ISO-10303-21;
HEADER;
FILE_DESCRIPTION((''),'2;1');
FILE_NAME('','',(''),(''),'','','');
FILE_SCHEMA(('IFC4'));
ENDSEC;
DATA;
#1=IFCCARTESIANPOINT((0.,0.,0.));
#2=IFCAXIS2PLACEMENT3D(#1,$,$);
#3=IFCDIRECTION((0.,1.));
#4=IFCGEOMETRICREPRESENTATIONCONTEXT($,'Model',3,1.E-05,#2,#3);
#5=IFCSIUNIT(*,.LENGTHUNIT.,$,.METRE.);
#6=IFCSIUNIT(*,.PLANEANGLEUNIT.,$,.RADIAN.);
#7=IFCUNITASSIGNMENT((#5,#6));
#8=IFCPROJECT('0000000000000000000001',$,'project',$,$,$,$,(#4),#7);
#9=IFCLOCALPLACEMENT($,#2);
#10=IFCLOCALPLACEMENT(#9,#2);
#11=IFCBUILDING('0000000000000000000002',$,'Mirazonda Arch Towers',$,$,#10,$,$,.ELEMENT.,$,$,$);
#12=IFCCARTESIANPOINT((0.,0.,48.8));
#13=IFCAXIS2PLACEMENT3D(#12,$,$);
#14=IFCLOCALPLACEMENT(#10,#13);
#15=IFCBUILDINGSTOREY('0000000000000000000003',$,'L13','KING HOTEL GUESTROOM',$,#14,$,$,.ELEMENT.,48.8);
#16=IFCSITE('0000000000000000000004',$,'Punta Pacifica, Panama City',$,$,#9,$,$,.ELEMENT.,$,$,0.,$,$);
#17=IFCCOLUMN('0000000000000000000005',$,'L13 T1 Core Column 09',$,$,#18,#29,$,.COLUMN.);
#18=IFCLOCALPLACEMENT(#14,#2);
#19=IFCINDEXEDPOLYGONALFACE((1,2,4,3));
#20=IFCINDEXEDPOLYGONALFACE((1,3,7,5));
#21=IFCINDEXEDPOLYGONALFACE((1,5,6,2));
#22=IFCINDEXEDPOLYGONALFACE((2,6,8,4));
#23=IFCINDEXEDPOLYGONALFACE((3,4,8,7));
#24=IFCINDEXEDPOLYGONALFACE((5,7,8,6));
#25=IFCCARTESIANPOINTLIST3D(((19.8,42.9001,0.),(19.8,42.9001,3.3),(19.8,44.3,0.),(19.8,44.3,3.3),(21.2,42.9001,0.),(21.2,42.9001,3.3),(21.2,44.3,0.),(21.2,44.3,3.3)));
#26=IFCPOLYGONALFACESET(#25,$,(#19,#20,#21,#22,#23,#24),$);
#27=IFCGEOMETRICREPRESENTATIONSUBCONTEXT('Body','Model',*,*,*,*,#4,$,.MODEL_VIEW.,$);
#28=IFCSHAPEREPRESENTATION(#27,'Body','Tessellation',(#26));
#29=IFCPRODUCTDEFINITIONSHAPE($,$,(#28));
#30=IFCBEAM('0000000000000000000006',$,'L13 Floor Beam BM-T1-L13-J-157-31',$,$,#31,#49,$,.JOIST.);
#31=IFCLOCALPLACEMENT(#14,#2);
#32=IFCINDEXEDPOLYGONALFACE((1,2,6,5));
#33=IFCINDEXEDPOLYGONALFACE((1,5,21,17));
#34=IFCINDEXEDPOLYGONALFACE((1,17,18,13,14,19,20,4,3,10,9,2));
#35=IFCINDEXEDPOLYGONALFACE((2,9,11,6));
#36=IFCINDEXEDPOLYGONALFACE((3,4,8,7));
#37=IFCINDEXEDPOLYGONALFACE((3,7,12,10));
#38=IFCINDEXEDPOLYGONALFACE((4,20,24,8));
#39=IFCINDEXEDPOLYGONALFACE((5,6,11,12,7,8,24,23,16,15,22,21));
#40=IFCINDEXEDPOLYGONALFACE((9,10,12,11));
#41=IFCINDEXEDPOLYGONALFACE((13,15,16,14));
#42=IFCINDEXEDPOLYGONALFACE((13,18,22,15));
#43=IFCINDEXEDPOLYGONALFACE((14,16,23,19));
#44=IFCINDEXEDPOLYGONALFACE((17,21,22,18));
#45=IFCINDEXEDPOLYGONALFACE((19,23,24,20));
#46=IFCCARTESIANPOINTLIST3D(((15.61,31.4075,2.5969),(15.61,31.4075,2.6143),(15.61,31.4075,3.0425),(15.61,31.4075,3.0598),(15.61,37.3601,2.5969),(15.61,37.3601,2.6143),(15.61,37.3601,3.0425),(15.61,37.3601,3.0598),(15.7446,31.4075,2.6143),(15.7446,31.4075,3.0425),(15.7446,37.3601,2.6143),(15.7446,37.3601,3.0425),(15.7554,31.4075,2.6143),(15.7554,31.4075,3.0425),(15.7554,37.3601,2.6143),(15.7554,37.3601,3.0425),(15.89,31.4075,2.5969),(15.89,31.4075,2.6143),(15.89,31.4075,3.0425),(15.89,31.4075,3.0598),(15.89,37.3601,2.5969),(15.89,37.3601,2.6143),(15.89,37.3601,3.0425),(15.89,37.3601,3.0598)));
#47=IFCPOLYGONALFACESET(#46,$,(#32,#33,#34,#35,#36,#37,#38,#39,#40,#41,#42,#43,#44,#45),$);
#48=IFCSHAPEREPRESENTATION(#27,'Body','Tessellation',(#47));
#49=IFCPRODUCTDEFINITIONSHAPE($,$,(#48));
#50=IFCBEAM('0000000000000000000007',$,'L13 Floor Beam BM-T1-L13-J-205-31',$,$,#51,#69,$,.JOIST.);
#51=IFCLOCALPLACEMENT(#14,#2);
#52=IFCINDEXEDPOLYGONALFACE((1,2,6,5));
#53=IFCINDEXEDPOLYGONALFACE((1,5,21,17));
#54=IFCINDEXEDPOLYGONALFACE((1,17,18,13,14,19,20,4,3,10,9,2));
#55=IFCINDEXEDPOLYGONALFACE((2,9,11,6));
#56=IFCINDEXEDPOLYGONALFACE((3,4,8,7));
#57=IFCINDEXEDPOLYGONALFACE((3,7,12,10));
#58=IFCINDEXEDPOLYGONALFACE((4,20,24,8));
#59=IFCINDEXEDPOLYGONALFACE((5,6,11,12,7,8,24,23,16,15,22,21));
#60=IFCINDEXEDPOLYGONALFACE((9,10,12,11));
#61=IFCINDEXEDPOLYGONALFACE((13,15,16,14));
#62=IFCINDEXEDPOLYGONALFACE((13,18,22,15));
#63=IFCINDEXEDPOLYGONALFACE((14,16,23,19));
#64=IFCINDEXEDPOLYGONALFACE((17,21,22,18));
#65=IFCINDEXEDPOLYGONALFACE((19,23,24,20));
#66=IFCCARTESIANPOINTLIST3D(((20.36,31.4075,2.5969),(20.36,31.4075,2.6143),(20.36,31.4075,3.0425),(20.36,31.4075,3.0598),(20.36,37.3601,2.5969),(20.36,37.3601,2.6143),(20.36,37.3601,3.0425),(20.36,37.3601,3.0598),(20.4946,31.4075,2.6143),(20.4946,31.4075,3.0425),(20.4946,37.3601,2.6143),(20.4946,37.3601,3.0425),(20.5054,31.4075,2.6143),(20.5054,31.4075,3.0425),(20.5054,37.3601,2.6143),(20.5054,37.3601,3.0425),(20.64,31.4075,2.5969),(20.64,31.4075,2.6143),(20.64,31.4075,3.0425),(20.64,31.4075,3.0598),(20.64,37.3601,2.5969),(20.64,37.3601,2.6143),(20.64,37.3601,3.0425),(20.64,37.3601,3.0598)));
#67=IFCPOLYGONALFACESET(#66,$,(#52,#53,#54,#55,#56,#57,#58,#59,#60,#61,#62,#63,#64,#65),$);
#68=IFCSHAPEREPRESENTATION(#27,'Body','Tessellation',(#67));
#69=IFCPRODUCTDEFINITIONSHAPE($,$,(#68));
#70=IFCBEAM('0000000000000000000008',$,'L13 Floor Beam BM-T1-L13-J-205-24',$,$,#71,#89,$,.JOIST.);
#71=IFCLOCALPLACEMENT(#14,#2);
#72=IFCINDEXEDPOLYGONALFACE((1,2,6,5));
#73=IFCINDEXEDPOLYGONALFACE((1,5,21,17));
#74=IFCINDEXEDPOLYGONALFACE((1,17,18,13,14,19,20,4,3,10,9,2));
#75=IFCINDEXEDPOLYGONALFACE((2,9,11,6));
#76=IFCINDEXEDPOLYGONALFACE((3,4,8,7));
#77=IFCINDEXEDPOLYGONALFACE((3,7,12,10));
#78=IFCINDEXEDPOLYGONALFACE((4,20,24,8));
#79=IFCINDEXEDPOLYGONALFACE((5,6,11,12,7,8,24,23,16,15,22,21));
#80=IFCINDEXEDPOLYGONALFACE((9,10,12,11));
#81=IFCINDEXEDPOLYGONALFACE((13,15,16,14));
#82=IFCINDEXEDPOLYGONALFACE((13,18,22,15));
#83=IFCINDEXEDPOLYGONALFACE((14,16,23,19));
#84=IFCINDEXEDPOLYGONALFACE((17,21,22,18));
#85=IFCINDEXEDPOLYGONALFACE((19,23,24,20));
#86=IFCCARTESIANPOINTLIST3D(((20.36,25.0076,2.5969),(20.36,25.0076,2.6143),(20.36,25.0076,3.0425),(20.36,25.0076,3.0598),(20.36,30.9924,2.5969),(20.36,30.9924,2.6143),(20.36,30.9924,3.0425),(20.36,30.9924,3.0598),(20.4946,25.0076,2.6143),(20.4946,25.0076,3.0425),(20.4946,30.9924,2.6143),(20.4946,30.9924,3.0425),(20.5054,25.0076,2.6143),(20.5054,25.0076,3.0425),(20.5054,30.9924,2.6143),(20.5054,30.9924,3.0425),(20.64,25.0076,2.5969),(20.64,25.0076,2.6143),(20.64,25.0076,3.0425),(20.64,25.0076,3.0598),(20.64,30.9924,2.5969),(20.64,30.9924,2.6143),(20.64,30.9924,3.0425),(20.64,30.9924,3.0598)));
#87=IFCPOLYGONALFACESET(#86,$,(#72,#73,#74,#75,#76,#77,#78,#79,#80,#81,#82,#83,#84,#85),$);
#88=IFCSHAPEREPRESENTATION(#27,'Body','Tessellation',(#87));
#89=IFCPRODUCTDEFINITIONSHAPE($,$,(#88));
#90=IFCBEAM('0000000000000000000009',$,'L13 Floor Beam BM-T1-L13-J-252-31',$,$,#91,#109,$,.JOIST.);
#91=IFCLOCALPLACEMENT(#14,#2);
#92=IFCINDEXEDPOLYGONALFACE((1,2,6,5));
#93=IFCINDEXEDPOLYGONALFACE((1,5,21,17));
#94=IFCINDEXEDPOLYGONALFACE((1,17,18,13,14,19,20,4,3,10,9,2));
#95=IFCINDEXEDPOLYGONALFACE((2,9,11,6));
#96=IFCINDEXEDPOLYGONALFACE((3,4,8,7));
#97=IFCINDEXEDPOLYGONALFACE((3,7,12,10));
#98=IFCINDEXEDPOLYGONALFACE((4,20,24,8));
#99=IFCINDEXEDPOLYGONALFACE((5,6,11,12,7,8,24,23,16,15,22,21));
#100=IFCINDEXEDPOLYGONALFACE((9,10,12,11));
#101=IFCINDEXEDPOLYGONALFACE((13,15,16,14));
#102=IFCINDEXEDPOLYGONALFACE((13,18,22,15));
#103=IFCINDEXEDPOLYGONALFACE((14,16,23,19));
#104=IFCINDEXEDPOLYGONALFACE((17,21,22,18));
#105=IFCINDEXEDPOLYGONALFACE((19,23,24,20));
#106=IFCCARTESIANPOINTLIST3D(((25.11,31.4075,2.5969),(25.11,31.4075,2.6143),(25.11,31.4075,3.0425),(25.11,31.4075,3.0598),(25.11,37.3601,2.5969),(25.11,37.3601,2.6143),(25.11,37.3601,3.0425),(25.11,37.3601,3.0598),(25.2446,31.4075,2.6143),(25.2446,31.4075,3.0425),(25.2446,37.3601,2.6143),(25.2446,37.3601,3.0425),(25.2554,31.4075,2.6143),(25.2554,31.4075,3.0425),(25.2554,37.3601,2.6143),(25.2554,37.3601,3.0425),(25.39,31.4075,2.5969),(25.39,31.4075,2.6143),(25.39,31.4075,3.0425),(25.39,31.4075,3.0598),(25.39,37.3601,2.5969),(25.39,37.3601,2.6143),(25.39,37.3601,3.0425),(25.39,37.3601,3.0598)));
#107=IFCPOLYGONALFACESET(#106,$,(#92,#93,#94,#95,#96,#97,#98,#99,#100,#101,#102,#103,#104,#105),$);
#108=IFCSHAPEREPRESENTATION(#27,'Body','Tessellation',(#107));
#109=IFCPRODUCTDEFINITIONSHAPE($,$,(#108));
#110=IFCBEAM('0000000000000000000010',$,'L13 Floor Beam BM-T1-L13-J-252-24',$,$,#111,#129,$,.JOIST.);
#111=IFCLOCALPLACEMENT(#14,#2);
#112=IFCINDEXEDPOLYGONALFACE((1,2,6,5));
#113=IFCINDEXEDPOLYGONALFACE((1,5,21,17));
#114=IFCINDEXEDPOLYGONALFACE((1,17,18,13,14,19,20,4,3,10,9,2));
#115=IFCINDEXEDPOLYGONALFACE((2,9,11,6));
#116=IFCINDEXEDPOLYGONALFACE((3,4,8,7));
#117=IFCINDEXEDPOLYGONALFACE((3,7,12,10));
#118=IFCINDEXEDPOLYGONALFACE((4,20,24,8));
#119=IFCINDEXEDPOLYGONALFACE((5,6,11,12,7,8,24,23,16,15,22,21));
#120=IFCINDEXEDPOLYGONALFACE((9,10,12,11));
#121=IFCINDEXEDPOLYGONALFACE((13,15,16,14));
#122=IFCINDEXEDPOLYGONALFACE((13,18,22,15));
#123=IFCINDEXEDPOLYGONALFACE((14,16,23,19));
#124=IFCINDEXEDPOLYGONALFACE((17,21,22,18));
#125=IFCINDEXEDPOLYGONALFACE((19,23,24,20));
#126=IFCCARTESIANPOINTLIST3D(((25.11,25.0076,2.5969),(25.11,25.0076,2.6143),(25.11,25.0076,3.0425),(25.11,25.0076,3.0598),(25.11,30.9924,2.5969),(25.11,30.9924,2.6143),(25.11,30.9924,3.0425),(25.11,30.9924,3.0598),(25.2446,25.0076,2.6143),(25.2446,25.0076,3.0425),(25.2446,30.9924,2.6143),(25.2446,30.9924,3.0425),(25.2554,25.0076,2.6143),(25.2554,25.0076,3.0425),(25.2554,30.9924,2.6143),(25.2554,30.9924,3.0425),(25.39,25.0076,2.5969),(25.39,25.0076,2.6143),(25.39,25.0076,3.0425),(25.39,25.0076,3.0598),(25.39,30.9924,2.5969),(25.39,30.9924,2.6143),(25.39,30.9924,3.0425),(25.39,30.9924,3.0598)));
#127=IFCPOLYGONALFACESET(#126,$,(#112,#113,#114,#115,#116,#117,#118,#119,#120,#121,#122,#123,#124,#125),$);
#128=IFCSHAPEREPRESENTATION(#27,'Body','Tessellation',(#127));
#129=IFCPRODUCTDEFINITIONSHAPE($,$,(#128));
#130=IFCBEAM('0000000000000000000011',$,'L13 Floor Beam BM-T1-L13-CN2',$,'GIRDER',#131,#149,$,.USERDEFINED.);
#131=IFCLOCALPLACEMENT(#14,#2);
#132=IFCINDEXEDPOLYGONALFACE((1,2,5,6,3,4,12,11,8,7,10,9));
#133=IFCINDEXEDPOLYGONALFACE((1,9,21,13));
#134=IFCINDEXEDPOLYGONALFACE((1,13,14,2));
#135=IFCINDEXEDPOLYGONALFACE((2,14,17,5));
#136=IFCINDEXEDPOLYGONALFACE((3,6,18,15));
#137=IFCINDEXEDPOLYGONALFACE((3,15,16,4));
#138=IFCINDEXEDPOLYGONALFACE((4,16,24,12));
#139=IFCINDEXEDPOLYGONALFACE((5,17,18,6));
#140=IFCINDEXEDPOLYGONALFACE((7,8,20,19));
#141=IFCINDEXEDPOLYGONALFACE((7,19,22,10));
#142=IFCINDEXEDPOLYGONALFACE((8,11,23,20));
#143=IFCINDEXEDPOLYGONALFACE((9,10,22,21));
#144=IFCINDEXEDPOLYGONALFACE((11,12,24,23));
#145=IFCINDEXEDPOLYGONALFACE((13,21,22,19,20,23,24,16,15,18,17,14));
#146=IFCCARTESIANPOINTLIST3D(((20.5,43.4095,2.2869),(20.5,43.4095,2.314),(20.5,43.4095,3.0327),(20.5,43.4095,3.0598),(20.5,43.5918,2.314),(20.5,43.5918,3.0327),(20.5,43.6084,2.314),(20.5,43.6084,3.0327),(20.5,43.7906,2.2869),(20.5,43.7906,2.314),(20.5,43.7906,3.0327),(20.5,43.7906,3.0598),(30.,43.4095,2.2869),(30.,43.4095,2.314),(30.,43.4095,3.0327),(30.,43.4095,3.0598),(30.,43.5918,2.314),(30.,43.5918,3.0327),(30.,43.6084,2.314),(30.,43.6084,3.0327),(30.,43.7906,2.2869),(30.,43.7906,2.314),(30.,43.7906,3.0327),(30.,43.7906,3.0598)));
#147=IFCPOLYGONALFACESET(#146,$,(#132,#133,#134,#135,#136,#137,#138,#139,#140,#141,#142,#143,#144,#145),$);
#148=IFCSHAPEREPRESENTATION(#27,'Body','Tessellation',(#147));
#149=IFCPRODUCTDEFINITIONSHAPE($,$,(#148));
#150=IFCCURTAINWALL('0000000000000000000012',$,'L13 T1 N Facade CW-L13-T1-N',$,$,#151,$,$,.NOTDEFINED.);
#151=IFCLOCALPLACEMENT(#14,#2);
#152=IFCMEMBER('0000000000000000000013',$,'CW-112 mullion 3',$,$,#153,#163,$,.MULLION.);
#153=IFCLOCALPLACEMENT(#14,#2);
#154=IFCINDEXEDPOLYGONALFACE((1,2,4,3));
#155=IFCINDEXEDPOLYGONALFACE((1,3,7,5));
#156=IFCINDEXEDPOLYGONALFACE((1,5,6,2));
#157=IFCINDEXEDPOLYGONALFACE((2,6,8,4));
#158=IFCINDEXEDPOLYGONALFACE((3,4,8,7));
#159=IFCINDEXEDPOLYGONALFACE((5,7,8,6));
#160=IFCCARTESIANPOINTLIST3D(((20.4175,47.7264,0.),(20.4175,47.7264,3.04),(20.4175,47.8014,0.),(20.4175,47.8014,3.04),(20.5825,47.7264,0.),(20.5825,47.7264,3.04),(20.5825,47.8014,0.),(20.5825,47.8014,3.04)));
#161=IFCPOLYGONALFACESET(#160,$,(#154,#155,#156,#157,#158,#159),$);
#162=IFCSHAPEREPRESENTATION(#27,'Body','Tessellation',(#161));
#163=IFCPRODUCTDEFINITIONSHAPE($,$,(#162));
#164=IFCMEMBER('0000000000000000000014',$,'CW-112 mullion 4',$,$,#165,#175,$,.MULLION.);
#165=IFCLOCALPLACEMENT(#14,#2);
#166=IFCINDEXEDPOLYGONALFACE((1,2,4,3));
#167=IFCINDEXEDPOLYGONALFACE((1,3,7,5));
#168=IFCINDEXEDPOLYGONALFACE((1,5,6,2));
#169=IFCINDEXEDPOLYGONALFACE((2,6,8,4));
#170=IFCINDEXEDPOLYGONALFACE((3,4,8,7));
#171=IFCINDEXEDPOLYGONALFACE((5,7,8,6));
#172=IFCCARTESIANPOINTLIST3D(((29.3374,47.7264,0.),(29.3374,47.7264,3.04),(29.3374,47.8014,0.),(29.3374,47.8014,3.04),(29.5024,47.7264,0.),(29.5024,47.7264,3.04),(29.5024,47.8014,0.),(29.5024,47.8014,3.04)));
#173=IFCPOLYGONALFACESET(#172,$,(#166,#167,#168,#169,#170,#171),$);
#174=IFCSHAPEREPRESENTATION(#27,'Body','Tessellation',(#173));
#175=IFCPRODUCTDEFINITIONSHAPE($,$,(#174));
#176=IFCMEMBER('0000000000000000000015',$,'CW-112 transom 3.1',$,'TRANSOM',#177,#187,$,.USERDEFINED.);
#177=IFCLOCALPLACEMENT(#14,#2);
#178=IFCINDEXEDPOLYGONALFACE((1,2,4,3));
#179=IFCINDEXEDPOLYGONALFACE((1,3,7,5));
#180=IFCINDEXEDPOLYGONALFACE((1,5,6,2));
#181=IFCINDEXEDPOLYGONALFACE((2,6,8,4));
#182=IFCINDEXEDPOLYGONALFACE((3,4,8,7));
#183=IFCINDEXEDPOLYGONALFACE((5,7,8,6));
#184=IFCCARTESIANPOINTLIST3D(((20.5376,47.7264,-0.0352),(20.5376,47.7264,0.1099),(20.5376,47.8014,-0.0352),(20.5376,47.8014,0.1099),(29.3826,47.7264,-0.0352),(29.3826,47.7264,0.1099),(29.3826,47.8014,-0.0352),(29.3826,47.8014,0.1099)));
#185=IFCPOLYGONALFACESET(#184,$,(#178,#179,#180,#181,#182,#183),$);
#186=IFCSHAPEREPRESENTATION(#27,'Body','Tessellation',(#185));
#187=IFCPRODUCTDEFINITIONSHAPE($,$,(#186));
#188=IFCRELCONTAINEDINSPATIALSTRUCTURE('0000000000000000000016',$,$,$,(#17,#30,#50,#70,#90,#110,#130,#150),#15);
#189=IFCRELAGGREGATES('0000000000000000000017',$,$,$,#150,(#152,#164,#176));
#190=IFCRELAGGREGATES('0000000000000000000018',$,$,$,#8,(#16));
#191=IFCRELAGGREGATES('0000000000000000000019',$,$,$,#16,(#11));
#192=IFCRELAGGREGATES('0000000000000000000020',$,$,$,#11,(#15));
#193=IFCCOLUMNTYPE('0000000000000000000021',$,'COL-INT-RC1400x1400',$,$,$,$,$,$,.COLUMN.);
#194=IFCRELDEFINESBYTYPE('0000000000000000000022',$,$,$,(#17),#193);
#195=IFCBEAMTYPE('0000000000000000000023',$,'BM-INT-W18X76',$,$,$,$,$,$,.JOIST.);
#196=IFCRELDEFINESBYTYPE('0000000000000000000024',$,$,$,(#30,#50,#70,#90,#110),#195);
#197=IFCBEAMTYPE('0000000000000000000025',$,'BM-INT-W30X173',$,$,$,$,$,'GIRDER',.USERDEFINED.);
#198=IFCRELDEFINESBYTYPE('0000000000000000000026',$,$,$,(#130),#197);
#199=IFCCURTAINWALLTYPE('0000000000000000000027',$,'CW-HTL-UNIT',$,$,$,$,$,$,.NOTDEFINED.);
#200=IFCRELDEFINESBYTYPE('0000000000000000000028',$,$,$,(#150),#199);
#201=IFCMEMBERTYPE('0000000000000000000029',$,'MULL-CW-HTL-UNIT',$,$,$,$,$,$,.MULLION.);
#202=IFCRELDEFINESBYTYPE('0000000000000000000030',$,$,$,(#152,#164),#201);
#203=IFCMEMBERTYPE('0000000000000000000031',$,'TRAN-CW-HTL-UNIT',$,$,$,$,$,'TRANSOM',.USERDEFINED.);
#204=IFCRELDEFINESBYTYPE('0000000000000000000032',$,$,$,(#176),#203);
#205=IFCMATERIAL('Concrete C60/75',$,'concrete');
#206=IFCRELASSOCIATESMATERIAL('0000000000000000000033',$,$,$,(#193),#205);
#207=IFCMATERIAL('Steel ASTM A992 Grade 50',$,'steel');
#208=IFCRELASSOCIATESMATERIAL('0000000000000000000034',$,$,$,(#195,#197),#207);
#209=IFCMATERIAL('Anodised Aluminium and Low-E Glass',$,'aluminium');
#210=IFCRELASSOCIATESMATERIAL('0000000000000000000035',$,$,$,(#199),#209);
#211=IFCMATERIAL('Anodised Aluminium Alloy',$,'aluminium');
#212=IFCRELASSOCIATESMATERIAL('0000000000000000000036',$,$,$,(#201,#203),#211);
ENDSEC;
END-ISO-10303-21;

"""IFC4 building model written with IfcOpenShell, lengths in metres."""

from ifc_helpers import new_model, si_unit, direction, frame, origin, origin_2d, place, context, subcontext, project, spatial, rectangle, i_section, extrude, material, material_profile, profile_set, type_object, element, aggregate, save


model = new_model("IFC4")

# Units and contexts
model_context = context("Model", 3, precision=1e-05, world=origin(), true_north=direction((0.0, 1.0)))
body_context = subcontext(model_context, "Body", "Model", "MODEL_VIEW")
ifc_project = project(units=[si_unit("LENGTHUNIT", "METRE"), si_unit("PLANEANGLEUNIT", "RADIAN")], contexts=[model_context])

# Site, building, storey
site_placement = place(None, origin())
site = spatial("IfcSite", under=ifc_project, at=site_placement, Name="Punta Pacifica, Panama City", CompositionType="ELEMENT", RefElevation=0.0)
building_placement = place(site_placement, origin())
building = spatial("IfcBuilding", under=site, at=building_placement, Name="Mirazonda Arch Towers", CompositionType="ELEMENT")
storey_placement = place(building_placement, frame((0.0, 0.0, 48.8)))
storey = spatial("IfcBuildingStorey", under=building, at=storey_placement, Name="L13", Description="KING HOTEL GUESTROOM", CompositionType="ELEMENT", Elevation=48.8)

# Column
ifc_material_1 = material(Name="Concrete C60/75", Category="concrete")
ifc_material_profile_1 = material_profile(ifc_material_1, rectangle(XDim=1.3999, YDim=1.3999, at=origin_2d()), Name="RC1400x1400")
ifc_profile_set_1 = profile_set([ifc_material_profile_1], Name="Concrete C60/75")
column_type = type_object("IfcColumnType", Name="COL-INT-RC1400x1400", PredefinedType="COLUMN", material=ifc_profile_set_1)
column_placement = place(storey_placement, frame((20.5, 43.6001, 0.0), z_axis=(0.0, 0.0, 1.0), x_axis=(1.0, 0.0, 0.0)))
element("IfcColumn", 1, at=column_placement, inside=storey, type_object=column_type, Name="L13 T1 Core Column 09", PredefinedType="COLUMN", context=body_context, shape_type="SweptSolid", body=[
    extrude(rectangle(XDim=1.3999, YDim=1.3999, at=origin_2d()), origin(), (0.0, 0.0, 1.0), 3.3),
])

# Beams
ifc_material_2 = material(Name="Steel ASTM A992 Grade 50", Category="steel")
ifc_material_profile_2 = material_profile(ifc_material_2, i_section(OverallWidth=0.28, OverallDepth=0.4629, WebThickness=0.0107, FlangeThickness=0.0173, at=origin_2d()), Name="W18X76")
ifc_profile_set_2 = profile_set([ifc_material_profile_2], Name="Steel ASTM A992 Grade 50")
beam_type_1 = type_object("IfcBeamType", Name="BM-INT-W18X76", PredefinedType="JOIST", material=ifc_profile_set_2)
for number, where, z_axis, x_axis, name in (
    (2, (15.75, 31.4075, 2.8284), (0.0, 1.0, 0.0), (-1.0, 0.0, 0.0), "L13 Floor Beam BM-T1-L13-J-157-31"),
    (3, (20.5, 31.4075, 2.8284), (0.0, 1.0, 0.0), (-1.0, 0.0, 0.0), "L13 Floor Beam BM-T1-L13-J-205-31"),
):
    element("IfcBeam", number, at=place(storey_placement, frame(where, z_axis=z_axis, x_axis=x_axis)), inside=storey, type_object=beam_type_1, Name=name, PredefinedType="JOIST", context=body_context, shape_type="SweptSolid", body=[
        extrude(i_section(OverallWidth=0.28, OverallDepth=0.4629, WebThickness=0.0107, FlangeThickness=0.0173, at=origin_2d()), origin(), (0.0, 0.0, 1.0), 5.9526),
    ])
beam_1_placement = place(storey_placement, frame((20.5, 25.0076, 2.8284), z_axis=(0.0, 1.0, 0.0), x_axis=(-1.0, 0.0, 0.0)))
element("IfcBeam", 4, at=beam_1_placement, inside=storey, type_object=beam_type_1, Name="L13 Floor Beam BM-T1-L13-J-205-24", PredefinedType="JOIST", context=body_context, shape_type="SweptSolid", body=[
    extrude(i_section(OverallWidth=0.28, OverallDepth=0.4629, WebThickness=0.0107, FlangeThickness=0.0173, at=origin_2d()), origin(), (0.0, 0.0, 1.0), 5.9849),
])
beam_2_placement = place(storey_placement, frame((25.25, 31.4075, 2.8284), z_axis=(0.0, 1.0, 0.0), x_axis=(-1.0, 0.0, 0.0)))
element("IfcBeam", 5, at=beam_2_placement, inside=storey, type_object=beam_type_1, Name="L13 Floor Beam BM-T1-L13-J-252-31", PredefinedType="JOIST", context=body_context, shape_type="SweptSolid", body=[
    extrude(i_section(OverallWidth=0.28, OverallDepth=0.4629, WebThickness=0.0107, FlangeThickness=0.0173, at=origin_2d()), origin(), (0.0, 0.0, 1.0), 5.9526),
])
beam_3_placement = place(storey_placement, frame((25.25, 25.0076, 2.8284), z_axis=(0.0, 1.0, 0.0), x_axis=(-1.0, 0.0, 0.0)))
element("IfcBeam", 6, at=beam_3_placement, inside=storey, type_object=beam_type_1, Name="L13 Floor Beam BM-T1-L13-J-252-24", PredefinedType="JOIST", context=body_context, shape_type="SweptSolid", body=[
    extrude(i_section(OverallWidth=0.28, OverallDepth=0.4629, WebThickness=0.0107, FlangeThickness=0.0173, at=origin_2d()), origin(), (0.0, 0.0, 1.0), 5.9849),
])
ifc_material_profile_3 = material_profile(ifc_material_2, i_section(OverallWidth=0.3811, OverallDepth=0.7729, WebThickness=0.0166, FlangeThickness=0.0271, at=origin_2d()), Name="W30X173")
ifc_profile_set_3 = profile_set([ifc_material_profile_3], Name="Steel ASTM A992 Grade 50")
beam_type_2 = type_object("IfcBeamType", Name="BM-INT-W30X173", ElementType="GIRDER", PredefinedType="USERDEFINED", material=ifc_profile_set_3)
beam_4_placement = place(storey_placement, frame((20.5, 43.6001, 2.6733), z_axis=(1.0, 0.0, 0.0), x_axis=(0.0, 1.0, 0.0)))
element("IfcBeam", 7, at=beam_4_placement, inside=storey, type_object=beam_type_2, Name="L13 Floor Beam BM-T1-L13-CN2", ObjectType="GIRDER", PredefinedType="USERDEFINED", context=body_context, shape_type="SweptSolid", body=[
    extrude(i_section(OverallWidth=0.3811, OverallDepth=0.7729, WebThickness=0.0166, FlangeThickness=0.0271, at=origin_2d()), origin(), (0.0, 0.0, 1.0), 9.5),
])

# Curtain wall, members
ifc_material_3 = material(Name="Anodised Aluminium and Low-E Glass", Category="aluminium")
curtain_wall_type = type_object("IfcCurtainWallType", Name="CW-HTL-UNIT", PredefinedType="NOTDEFINED", material=ifc_material_3)
curtain_wall_placement = place(storey_placement, origin())
curtain_wall = element("IfcCurtainWall", 8, at=curtain_wall_placement, inside=storey, type_object=curtain_wall_type, Name="L13 T1 N Facade CW-L13-T1-N", PredefinedType="NOTDEFINED")
ifc_material_4 = material(Name="Anodised Aluminium Alloy", Category="aluminium")
ifc_material_profile_4 = material_profile(ifc_material_4, rectangle(XDim=0.075, YDim=0.165, at=origin_2d()), Name="ALU-MULL-75x165")
ifc_profile_set_4 = profile_set([ifc_material_profile_4], Name="Anodised Aluminium Alloy")
member_type_1 = type_object("IfcMemberType", Name="MULL-CW-HTL-UNIT", PredefinedType="MULLION", material=ifc_profile_set_4)
member_1_placement = place(storey_placement, frame((20.5, 47.7639, 0.0), z_axis=(0.0, 0.0, 1.0), x_axis=(0.0, 1.0, 0.0)))
member_1 = element("IfcMember", 9, at=member_1_placement, type_object=member_type_1, Name="CW-112 mullion 3", PredefinedType="MULLION", context=body_context, shape_type="SweptSolid", body=[
    extrude(rectangle(XDim=0.075, YDim=0.165, at=origin_2d()), origin(), (0.0, 0.0, 1.0), 3.04),
])
member_2_placement = place(storey_placement, frame((29.4199, 47.7639, 0.0), z_axis=(0.0, 0.0, 1.0), x_axis=(0.0, 1.0, 0.0)))
member_2 = element("IfcMember", 10, at=member_2_placement, type_object=member_type_1, Name="CW-112 mullion 4", PredefinedType="MULLION", context=body_context, shape_type="SweptSolid", body=[
    extrude(rectangle(XDim=0.075, YDim=0.165, at=origin_2d()), origin(), (0.0, 0.0, 1.0), 3.04),
])
ifc_material_profile_5 = material_profile(ifc_material_4, rectangle(XDim=0.075, YDim=0.145, at=origin_2d()), Name="ALU-TRAN-75x145")
ifc_profile_set_5 = profile_set([ifc_material_profile_5], Name="Anodised Aluminium Alloy")
member_type_2 = type_object("IfcMemberType", Name="TRAN-CW-HTL-UNIT", ElementType="TRANSOM", PredefinedType="USERDEFINED", material=ifc_profile_set_5)
member_3_placement = place(storey_placement, frame((20.5376, 47.7639, 0.0374), z_axis=(1.0, 0.0, 0.0), x_axis=(0.0, 1.0, 0.0)))
member_3 = element("IfcMember", 11, at=member_3_placement, type_object=member_type_2, Name="CW-112 transom 3.1", ObjectType="TRANSOM", PredefinedType="USERDEFINED", context=body_context, shape_type="SweptSolid", body=[
    extrude(rectangle(XDim=0.075, YDim=0.145, at=origin_2d()), origin(), (0.0, 0.0, 1.0), 8.845),
])
aggregate(curtain_wall, [member_1, member_2, member_3])

save(model, "model.ifc")
